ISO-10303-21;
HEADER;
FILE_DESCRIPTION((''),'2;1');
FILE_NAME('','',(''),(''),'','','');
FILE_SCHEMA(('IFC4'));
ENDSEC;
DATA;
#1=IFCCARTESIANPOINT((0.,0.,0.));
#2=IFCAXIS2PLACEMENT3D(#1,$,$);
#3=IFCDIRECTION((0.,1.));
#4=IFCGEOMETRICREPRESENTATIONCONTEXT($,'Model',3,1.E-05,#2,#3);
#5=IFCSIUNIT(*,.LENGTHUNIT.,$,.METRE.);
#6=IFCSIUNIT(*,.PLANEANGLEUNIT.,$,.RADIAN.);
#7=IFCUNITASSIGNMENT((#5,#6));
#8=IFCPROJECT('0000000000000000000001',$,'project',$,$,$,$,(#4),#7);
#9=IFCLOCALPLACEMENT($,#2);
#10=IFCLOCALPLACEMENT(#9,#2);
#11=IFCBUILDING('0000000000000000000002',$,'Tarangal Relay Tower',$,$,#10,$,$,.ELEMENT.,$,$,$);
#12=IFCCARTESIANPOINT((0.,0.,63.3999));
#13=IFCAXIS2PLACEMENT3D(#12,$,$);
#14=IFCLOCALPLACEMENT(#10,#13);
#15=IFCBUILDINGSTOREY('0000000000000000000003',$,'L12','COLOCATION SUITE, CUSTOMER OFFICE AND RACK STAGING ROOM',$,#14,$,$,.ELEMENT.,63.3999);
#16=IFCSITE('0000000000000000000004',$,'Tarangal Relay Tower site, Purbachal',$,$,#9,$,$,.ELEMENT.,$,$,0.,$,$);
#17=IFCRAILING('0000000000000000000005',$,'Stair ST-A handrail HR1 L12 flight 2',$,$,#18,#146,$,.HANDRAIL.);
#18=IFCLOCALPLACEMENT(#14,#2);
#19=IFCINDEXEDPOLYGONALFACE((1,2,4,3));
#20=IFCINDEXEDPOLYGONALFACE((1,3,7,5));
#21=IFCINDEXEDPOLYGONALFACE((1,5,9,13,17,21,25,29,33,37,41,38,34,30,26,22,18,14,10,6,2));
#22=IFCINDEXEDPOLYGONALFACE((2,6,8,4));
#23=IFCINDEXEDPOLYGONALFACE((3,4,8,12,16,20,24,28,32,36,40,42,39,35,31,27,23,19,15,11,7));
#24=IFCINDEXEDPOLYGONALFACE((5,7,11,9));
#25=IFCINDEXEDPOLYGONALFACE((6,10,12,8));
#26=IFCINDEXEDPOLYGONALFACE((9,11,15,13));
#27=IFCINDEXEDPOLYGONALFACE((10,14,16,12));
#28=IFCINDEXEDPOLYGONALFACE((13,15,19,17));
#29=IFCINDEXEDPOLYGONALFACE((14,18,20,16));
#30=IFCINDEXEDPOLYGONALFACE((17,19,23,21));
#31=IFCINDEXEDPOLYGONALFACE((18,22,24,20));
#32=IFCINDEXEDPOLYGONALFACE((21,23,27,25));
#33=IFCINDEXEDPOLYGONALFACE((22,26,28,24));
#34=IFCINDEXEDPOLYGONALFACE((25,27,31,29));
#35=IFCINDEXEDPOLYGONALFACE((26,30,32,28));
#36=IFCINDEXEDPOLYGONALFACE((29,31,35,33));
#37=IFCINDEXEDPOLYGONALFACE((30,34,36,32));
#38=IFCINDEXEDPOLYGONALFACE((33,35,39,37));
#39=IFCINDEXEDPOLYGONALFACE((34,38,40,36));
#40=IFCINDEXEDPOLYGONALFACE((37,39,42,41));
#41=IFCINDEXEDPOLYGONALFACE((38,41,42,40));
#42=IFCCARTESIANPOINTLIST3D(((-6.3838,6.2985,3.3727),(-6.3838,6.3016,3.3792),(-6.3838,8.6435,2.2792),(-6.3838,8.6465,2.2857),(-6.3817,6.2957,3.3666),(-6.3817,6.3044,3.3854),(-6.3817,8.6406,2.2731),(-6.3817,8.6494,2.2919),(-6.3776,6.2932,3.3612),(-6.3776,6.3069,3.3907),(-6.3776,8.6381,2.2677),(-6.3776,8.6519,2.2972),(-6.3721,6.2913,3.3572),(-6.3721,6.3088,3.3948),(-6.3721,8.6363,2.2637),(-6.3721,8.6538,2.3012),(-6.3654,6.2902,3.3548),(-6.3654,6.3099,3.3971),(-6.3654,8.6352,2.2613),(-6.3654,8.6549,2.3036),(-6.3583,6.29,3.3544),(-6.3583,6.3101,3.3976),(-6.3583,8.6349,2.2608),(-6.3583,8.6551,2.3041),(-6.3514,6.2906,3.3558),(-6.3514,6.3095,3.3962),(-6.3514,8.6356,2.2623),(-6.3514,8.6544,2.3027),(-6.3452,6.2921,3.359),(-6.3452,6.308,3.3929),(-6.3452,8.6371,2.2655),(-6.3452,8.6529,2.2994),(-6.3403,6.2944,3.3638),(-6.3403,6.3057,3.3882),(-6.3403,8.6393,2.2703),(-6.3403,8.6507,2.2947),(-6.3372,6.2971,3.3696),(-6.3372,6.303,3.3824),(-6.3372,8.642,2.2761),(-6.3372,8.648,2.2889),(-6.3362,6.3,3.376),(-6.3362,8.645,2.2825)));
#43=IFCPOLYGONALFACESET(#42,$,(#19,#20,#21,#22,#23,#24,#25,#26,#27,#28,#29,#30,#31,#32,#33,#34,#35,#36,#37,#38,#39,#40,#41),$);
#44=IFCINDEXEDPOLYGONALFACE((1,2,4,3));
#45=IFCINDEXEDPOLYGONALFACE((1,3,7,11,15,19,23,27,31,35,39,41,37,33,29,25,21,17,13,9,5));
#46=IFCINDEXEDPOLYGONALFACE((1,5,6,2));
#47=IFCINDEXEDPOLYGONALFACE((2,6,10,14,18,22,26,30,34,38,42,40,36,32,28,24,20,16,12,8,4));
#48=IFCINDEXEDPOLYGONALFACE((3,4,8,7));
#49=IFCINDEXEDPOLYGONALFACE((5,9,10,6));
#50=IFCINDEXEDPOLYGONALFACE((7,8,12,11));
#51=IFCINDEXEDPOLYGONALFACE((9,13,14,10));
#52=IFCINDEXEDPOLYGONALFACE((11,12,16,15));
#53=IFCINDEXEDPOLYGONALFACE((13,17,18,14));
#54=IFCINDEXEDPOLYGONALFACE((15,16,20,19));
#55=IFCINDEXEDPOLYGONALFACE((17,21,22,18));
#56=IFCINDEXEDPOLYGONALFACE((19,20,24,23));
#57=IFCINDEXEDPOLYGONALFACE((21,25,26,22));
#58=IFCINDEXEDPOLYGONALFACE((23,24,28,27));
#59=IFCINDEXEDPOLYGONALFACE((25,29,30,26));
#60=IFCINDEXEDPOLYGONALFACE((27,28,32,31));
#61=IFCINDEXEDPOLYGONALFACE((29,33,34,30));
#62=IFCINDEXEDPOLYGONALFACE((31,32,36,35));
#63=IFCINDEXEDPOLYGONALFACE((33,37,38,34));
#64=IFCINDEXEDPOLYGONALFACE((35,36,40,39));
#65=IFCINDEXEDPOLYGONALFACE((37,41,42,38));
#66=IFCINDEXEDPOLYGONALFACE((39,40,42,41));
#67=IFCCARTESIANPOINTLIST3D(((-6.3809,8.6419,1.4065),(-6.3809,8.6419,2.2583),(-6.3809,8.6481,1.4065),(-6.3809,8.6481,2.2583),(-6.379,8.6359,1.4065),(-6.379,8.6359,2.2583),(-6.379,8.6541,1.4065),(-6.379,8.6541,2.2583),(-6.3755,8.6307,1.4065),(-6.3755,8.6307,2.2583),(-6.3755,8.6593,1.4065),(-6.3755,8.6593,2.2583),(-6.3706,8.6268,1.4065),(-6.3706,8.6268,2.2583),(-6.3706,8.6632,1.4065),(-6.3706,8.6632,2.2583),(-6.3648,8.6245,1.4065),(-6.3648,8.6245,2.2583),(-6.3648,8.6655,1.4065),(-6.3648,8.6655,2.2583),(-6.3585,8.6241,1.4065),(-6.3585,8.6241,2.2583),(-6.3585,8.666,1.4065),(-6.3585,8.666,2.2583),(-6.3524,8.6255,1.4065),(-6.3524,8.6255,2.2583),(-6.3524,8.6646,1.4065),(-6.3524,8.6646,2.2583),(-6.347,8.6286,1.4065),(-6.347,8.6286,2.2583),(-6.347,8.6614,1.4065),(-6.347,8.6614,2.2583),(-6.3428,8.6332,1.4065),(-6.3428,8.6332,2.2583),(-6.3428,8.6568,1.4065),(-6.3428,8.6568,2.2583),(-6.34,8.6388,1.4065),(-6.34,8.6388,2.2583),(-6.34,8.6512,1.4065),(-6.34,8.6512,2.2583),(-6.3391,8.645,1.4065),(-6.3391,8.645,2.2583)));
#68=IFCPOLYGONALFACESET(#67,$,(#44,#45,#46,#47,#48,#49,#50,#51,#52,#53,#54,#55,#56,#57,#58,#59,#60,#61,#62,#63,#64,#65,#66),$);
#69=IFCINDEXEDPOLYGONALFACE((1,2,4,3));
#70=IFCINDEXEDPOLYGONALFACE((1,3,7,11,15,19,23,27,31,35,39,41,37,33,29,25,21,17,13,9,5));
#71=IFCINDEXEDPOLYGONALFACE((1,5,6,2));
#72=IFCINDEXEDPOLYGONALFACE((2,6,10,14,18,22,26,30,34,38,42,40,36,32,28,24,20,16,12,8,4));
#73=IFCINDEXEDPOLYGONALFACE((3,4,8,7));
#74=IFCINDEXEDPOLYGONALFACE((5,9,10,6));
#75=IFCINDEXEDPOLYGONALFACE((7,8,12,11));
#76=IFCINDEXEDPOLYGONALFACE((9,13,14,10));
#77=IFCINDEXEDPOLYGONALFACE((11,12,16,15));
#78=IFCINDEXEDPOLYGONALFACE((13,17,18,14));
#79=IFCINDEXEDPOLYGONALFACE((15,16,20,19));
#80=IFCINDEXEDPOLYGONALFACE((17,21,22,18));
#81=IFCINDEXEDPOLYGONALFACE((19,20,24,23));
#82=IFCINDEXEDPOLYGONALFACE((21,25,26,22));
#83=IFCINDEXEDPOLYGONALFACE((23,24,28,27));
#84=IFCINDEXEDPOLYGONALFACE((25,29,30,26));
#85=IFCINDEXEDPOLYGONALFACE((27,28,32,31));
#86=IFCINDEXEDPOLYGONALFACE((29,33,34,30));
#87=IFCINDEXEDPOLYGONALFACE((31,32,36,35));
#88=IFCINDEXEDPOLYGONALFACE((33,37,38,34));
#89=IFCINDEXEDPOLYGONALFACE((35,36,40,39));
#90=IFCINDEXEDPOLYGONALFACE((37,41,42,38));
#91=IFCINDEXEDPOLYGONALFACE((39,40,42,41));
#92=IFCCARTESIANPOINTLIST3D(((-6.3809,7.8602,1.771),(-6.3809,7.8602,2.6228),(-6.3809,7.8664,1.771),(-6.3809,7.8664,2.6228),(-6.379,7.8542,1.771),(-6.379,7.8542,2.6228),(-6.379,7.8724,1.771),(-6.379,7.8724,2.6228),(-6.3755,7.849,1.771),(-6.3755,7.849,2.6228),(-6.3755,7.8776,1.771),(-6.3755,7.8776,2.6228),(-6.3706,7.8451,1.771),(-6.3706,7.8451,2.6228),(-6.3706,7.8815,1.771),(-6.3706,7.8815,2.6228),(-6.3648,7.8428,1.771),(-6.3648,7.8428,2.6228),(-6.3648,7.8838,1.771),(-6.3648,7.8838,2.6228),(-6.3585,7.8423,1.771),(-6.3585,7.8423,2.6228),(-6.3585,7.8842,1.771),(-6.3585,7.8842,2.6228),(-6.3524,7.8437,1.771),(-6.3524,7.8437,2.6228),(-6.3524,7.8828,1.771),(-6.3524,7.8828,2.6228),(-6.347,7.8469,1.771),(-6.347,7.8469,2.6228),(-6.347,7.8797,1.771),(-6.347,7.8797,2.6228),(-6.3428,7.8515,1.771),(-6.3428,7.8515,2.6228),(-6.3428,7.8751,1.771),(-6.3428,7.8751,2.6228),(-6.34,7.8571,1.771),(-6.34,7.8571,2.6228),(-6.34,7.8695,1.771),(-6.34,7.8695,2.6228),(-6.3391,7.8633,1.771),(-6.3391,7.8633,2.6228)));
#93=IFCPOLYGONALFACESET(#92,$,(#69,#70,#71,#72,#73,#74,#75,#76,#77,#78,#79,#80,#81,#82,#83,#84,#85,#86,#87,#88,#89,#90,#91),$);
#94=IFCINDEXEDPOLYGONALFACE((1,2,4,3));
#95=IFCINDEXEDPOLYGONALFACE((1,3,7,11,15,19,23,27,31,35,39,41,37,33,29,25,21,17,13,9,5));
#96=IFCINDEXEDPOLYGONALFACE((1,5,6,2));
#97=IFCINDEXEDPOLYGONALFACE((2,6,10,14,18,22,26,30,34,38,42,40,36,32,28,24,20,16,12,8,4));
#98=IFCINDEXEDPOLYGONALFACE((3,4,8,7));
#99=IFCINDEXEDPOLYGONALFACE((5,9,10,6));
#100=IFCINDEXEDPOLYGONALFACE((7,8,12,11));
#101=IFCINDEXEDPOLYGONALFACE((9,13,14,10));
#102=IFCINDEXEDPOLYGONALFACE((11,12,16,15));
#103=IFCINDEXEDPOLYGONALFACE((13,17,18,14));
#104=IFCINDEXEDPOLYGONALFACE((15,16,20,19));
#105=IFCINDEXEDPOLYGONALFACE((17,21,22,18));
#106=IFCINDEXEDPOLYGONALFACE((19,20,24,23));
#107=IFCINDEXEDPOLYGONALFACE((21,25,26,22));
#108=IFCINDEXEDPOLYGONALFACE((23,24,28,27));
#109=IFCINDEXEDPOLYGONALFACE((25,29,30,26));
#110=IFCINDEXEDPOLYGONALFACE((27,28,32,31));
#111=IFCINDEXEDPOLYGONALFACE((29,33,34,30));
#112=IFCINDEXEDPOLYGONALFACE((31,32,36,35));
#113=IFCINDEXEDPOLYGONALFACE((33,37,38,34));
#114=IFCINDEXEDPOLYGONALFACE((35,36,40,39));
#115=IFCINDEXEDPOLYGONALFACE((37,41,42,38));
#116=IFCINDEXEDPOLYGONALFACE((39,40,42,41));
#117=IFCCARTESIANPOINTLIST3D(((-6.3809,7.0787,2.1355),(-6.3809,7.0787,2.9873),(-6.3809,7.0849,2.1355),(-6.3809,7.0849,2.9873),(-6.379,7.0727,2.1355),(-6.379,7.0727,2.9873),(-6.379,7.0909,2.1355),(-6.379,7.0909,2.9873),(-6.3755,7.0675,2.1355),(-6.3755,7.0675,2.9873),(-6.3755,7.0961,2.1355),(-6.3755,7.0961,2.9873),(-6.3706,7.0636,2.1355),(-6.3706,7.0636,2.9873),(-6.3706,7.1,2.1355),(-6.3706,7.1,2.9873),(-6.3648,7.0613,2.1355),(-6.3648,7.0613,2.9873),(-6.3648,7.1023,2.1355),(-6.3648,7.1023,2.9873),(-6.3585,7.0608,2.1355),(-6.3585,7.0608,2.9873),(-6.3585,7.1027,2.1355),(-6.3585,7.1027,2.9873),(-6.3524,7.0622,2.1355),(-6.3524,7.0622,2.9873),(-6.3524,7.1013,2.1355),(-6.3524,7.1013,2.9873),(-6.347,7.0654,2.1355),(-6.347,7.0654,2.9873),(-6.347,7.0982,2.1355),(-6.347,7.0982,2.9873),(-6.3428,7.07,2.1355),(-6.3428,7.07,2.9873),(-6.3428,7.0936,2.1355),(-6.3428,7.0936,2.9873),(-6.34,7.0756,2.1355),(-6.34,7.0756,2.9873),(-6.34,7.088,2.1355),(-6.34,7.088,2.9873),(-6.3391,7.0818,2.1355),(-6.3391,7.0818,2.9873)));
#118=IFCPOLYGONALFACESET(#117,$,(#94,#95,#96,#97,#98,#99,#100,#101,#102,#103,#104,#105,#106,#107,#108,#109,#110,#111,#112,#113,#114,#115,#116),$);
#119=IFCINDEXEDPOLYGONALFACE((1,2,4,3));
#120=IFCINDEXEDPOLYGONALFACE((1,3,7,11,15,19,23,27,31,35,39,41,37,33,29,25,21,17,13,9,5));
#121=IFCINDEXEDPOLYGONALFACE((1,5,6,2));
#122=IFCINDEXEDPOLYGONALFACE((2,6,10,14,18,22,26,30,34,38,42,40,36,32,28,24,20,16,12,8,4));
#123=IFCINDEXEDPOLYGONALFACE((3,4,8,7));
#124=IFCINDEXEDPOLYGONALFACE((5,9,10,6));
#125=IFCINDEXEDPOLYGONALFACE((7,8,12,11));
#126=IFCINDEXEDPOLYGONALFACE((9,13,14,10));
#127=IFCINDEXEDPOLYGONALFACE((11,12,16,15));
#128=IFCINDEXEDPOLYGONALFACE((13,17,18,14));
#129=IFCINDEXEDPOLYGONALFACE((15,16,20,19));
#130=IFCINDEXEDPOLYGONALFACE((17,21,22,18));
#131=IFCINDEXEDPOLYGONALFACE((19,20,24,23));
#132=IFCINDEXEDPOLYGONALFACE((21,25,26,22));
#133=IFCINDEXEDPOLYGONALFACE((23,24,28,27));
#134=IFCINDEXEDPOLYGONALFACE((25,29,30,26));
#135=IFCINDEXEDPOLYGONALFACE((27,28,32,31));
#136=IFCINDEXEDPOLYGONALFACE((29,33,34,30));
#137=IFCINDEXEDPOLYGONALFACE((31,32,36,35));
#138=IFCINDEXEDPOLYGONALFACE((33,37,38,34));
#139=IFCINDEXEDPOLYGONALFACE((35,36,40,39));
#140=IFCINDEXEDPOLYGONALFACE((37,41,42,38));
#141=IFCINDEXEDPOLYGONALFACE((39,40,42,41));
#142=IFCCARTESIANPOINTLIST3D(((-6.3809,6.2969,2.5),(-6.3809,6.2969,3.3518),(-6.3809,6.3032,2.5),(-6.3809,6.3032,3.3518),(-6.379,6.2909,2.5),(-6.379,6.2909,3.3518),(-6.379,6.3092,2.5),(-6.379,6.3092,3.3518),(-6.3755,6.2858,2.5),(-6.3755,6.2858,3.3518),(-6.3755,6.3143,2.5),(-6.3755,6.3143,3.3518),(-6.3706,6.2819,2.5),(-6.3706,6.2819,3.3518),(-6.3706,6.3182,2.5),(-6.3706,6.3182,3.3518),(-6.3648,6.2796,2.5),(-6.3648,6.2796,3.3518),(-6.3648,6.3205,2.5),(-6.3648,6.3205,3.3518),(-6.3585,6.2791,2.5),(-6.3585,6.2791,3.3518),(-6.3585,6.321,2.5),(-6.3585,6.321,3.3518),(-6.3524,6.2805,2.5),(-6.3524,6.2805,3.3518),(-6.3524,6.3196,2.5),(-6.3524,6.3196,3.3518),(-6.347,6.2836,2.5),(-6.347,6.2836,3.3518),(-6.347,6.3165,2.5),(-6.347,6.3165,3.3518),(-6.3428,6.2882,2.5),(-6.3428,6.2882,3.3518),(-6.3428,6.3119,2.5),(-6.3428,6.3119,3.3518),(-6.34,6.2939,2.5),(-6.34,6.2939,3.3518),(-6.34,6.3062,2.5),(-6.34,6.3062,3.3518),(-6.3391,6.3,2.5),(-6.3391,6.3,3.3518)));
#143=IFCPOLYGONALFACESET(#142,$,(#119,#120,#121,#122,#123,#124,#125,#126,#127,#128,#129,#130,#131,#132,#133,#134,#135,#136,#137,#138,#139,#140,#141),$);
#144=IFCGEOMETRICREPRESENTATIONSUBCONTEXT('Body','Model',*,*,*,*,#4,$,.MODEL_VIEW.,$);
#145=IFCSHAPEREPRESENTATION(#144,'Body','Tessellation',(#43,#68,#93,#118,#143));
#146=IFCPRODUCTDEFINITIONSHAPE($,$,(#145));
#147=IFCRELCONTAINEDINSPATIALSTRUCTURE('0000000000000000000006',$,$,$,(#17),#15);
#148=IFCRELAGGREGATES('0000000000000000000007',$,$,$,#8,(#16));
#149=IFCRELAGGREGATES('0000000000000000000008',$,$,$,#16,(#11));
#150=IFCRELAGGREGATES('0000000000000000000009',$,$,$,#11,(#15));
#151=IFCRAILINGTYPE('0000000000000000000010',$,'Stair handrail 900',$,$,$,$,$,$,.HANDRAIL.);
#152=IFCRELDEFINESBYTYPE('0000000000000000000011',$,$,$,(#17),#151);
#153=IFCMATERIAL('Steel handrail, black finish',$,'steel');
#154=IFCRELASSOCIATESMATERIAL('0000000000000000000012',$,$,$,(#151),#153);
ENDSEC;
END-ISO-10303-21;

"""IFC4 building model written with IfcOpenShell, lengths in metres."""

from ifc_helpers import new_model, si_unit, direction, frame, origin, origin_2d, place, context, subcontext, project, spatial, circle, extrude, material, type_object, element, save


model = new_model("IFC4")

# Units and contexts
model_context = context("Model", 3, precision=1e-05, world=origin(), true_north=direction((0.0, 1.0)))
body_context = subcontext(model_context, "Body", "Model", "MODEL_VIEW")
ifc_project = project(units=[si_unit("LENGTHUNIT", "METRE"), si_unit("PLANEANGLEUNIT", "RADIAN")], contexts=[model_context])

# Site, building, storey
site_placement = place(None, origin())
site = spatial("IfcSite", under=ifc_project, at=site_placement, Name="Tarangal Relay Tower site, Purbachal", CompositionType="ELEMENT", RefElevation=0.0)
building_placement = place(site_placement, origin())
building = spatial("IfcBuilding", under=site, at=building_placement, Name="Tarangal Relay Tower", CompositionType="ELEMENT")
storey_placement = place(building_placement, frame((0.0, 0.0, 63.3999)))
storey = spatial("IfcBuildingStorey", under=building, at=storey_placement, Name="L12", Description="COLOCATION SUITE, CUSTOMER OFFICE AND RACK STAGING ROOM", CompositionType="ELEMENT", Elevation=63.3999)

# Railing
ifc_material_1 = material(Name="Steel handrail, black finish", Category="steel")
railing_type_1 = type_object("IfcRailingType", Name="Stair handrail 900", PredefinedType="HANDRAIL", material=ifc_material_1)
for number, where, name in (
    (1, (-6.3601, 8.645, 1.4065), "Stair ST-A handrail HR1 L12 flight 2"),
):
    element("IfcRailing", number, at=place(storey_placement, frame(where)), inside=storey, type_object=railing_type_1, Name=name, PredefinedType="HANDRAIL", context=body_context, shape_type="SweptSolid", body=[
        extrude(circle(Radius=0.0239, at=origin_2d()), frame((0.0, 0.0, 0.876), z_axis=(0.0, -0.906304, 0.422627), x_axis=(1.0, 0.0, 0.0)), (0.0, 0.0, 1.0), 2.5874),
        extrude(circle(Radius=0.021, at=origin_2d()), origin(), (0.0, 0.0, 1.0), 0.8518),
        extrude(circle(Radius=0.021, at=origin_2d()), frame((0.0, -0.7817, 0.3645)), (0.0, 0.0, 1.0), 0.8518),
        extrude(circle(Radius=0.021, at=origin_2d()), frame((0.0, -1.5632, 0.729)), (0.0, 0.0, 1.0), 0.8518),
        extrude(circle(Radius=0.021, at=origin_2d()), frame((0.0, -2.345, 1.0935)), (0.0, 0.0, 1.0), 0.8518),
    ])

save(model, "model.ifc")
